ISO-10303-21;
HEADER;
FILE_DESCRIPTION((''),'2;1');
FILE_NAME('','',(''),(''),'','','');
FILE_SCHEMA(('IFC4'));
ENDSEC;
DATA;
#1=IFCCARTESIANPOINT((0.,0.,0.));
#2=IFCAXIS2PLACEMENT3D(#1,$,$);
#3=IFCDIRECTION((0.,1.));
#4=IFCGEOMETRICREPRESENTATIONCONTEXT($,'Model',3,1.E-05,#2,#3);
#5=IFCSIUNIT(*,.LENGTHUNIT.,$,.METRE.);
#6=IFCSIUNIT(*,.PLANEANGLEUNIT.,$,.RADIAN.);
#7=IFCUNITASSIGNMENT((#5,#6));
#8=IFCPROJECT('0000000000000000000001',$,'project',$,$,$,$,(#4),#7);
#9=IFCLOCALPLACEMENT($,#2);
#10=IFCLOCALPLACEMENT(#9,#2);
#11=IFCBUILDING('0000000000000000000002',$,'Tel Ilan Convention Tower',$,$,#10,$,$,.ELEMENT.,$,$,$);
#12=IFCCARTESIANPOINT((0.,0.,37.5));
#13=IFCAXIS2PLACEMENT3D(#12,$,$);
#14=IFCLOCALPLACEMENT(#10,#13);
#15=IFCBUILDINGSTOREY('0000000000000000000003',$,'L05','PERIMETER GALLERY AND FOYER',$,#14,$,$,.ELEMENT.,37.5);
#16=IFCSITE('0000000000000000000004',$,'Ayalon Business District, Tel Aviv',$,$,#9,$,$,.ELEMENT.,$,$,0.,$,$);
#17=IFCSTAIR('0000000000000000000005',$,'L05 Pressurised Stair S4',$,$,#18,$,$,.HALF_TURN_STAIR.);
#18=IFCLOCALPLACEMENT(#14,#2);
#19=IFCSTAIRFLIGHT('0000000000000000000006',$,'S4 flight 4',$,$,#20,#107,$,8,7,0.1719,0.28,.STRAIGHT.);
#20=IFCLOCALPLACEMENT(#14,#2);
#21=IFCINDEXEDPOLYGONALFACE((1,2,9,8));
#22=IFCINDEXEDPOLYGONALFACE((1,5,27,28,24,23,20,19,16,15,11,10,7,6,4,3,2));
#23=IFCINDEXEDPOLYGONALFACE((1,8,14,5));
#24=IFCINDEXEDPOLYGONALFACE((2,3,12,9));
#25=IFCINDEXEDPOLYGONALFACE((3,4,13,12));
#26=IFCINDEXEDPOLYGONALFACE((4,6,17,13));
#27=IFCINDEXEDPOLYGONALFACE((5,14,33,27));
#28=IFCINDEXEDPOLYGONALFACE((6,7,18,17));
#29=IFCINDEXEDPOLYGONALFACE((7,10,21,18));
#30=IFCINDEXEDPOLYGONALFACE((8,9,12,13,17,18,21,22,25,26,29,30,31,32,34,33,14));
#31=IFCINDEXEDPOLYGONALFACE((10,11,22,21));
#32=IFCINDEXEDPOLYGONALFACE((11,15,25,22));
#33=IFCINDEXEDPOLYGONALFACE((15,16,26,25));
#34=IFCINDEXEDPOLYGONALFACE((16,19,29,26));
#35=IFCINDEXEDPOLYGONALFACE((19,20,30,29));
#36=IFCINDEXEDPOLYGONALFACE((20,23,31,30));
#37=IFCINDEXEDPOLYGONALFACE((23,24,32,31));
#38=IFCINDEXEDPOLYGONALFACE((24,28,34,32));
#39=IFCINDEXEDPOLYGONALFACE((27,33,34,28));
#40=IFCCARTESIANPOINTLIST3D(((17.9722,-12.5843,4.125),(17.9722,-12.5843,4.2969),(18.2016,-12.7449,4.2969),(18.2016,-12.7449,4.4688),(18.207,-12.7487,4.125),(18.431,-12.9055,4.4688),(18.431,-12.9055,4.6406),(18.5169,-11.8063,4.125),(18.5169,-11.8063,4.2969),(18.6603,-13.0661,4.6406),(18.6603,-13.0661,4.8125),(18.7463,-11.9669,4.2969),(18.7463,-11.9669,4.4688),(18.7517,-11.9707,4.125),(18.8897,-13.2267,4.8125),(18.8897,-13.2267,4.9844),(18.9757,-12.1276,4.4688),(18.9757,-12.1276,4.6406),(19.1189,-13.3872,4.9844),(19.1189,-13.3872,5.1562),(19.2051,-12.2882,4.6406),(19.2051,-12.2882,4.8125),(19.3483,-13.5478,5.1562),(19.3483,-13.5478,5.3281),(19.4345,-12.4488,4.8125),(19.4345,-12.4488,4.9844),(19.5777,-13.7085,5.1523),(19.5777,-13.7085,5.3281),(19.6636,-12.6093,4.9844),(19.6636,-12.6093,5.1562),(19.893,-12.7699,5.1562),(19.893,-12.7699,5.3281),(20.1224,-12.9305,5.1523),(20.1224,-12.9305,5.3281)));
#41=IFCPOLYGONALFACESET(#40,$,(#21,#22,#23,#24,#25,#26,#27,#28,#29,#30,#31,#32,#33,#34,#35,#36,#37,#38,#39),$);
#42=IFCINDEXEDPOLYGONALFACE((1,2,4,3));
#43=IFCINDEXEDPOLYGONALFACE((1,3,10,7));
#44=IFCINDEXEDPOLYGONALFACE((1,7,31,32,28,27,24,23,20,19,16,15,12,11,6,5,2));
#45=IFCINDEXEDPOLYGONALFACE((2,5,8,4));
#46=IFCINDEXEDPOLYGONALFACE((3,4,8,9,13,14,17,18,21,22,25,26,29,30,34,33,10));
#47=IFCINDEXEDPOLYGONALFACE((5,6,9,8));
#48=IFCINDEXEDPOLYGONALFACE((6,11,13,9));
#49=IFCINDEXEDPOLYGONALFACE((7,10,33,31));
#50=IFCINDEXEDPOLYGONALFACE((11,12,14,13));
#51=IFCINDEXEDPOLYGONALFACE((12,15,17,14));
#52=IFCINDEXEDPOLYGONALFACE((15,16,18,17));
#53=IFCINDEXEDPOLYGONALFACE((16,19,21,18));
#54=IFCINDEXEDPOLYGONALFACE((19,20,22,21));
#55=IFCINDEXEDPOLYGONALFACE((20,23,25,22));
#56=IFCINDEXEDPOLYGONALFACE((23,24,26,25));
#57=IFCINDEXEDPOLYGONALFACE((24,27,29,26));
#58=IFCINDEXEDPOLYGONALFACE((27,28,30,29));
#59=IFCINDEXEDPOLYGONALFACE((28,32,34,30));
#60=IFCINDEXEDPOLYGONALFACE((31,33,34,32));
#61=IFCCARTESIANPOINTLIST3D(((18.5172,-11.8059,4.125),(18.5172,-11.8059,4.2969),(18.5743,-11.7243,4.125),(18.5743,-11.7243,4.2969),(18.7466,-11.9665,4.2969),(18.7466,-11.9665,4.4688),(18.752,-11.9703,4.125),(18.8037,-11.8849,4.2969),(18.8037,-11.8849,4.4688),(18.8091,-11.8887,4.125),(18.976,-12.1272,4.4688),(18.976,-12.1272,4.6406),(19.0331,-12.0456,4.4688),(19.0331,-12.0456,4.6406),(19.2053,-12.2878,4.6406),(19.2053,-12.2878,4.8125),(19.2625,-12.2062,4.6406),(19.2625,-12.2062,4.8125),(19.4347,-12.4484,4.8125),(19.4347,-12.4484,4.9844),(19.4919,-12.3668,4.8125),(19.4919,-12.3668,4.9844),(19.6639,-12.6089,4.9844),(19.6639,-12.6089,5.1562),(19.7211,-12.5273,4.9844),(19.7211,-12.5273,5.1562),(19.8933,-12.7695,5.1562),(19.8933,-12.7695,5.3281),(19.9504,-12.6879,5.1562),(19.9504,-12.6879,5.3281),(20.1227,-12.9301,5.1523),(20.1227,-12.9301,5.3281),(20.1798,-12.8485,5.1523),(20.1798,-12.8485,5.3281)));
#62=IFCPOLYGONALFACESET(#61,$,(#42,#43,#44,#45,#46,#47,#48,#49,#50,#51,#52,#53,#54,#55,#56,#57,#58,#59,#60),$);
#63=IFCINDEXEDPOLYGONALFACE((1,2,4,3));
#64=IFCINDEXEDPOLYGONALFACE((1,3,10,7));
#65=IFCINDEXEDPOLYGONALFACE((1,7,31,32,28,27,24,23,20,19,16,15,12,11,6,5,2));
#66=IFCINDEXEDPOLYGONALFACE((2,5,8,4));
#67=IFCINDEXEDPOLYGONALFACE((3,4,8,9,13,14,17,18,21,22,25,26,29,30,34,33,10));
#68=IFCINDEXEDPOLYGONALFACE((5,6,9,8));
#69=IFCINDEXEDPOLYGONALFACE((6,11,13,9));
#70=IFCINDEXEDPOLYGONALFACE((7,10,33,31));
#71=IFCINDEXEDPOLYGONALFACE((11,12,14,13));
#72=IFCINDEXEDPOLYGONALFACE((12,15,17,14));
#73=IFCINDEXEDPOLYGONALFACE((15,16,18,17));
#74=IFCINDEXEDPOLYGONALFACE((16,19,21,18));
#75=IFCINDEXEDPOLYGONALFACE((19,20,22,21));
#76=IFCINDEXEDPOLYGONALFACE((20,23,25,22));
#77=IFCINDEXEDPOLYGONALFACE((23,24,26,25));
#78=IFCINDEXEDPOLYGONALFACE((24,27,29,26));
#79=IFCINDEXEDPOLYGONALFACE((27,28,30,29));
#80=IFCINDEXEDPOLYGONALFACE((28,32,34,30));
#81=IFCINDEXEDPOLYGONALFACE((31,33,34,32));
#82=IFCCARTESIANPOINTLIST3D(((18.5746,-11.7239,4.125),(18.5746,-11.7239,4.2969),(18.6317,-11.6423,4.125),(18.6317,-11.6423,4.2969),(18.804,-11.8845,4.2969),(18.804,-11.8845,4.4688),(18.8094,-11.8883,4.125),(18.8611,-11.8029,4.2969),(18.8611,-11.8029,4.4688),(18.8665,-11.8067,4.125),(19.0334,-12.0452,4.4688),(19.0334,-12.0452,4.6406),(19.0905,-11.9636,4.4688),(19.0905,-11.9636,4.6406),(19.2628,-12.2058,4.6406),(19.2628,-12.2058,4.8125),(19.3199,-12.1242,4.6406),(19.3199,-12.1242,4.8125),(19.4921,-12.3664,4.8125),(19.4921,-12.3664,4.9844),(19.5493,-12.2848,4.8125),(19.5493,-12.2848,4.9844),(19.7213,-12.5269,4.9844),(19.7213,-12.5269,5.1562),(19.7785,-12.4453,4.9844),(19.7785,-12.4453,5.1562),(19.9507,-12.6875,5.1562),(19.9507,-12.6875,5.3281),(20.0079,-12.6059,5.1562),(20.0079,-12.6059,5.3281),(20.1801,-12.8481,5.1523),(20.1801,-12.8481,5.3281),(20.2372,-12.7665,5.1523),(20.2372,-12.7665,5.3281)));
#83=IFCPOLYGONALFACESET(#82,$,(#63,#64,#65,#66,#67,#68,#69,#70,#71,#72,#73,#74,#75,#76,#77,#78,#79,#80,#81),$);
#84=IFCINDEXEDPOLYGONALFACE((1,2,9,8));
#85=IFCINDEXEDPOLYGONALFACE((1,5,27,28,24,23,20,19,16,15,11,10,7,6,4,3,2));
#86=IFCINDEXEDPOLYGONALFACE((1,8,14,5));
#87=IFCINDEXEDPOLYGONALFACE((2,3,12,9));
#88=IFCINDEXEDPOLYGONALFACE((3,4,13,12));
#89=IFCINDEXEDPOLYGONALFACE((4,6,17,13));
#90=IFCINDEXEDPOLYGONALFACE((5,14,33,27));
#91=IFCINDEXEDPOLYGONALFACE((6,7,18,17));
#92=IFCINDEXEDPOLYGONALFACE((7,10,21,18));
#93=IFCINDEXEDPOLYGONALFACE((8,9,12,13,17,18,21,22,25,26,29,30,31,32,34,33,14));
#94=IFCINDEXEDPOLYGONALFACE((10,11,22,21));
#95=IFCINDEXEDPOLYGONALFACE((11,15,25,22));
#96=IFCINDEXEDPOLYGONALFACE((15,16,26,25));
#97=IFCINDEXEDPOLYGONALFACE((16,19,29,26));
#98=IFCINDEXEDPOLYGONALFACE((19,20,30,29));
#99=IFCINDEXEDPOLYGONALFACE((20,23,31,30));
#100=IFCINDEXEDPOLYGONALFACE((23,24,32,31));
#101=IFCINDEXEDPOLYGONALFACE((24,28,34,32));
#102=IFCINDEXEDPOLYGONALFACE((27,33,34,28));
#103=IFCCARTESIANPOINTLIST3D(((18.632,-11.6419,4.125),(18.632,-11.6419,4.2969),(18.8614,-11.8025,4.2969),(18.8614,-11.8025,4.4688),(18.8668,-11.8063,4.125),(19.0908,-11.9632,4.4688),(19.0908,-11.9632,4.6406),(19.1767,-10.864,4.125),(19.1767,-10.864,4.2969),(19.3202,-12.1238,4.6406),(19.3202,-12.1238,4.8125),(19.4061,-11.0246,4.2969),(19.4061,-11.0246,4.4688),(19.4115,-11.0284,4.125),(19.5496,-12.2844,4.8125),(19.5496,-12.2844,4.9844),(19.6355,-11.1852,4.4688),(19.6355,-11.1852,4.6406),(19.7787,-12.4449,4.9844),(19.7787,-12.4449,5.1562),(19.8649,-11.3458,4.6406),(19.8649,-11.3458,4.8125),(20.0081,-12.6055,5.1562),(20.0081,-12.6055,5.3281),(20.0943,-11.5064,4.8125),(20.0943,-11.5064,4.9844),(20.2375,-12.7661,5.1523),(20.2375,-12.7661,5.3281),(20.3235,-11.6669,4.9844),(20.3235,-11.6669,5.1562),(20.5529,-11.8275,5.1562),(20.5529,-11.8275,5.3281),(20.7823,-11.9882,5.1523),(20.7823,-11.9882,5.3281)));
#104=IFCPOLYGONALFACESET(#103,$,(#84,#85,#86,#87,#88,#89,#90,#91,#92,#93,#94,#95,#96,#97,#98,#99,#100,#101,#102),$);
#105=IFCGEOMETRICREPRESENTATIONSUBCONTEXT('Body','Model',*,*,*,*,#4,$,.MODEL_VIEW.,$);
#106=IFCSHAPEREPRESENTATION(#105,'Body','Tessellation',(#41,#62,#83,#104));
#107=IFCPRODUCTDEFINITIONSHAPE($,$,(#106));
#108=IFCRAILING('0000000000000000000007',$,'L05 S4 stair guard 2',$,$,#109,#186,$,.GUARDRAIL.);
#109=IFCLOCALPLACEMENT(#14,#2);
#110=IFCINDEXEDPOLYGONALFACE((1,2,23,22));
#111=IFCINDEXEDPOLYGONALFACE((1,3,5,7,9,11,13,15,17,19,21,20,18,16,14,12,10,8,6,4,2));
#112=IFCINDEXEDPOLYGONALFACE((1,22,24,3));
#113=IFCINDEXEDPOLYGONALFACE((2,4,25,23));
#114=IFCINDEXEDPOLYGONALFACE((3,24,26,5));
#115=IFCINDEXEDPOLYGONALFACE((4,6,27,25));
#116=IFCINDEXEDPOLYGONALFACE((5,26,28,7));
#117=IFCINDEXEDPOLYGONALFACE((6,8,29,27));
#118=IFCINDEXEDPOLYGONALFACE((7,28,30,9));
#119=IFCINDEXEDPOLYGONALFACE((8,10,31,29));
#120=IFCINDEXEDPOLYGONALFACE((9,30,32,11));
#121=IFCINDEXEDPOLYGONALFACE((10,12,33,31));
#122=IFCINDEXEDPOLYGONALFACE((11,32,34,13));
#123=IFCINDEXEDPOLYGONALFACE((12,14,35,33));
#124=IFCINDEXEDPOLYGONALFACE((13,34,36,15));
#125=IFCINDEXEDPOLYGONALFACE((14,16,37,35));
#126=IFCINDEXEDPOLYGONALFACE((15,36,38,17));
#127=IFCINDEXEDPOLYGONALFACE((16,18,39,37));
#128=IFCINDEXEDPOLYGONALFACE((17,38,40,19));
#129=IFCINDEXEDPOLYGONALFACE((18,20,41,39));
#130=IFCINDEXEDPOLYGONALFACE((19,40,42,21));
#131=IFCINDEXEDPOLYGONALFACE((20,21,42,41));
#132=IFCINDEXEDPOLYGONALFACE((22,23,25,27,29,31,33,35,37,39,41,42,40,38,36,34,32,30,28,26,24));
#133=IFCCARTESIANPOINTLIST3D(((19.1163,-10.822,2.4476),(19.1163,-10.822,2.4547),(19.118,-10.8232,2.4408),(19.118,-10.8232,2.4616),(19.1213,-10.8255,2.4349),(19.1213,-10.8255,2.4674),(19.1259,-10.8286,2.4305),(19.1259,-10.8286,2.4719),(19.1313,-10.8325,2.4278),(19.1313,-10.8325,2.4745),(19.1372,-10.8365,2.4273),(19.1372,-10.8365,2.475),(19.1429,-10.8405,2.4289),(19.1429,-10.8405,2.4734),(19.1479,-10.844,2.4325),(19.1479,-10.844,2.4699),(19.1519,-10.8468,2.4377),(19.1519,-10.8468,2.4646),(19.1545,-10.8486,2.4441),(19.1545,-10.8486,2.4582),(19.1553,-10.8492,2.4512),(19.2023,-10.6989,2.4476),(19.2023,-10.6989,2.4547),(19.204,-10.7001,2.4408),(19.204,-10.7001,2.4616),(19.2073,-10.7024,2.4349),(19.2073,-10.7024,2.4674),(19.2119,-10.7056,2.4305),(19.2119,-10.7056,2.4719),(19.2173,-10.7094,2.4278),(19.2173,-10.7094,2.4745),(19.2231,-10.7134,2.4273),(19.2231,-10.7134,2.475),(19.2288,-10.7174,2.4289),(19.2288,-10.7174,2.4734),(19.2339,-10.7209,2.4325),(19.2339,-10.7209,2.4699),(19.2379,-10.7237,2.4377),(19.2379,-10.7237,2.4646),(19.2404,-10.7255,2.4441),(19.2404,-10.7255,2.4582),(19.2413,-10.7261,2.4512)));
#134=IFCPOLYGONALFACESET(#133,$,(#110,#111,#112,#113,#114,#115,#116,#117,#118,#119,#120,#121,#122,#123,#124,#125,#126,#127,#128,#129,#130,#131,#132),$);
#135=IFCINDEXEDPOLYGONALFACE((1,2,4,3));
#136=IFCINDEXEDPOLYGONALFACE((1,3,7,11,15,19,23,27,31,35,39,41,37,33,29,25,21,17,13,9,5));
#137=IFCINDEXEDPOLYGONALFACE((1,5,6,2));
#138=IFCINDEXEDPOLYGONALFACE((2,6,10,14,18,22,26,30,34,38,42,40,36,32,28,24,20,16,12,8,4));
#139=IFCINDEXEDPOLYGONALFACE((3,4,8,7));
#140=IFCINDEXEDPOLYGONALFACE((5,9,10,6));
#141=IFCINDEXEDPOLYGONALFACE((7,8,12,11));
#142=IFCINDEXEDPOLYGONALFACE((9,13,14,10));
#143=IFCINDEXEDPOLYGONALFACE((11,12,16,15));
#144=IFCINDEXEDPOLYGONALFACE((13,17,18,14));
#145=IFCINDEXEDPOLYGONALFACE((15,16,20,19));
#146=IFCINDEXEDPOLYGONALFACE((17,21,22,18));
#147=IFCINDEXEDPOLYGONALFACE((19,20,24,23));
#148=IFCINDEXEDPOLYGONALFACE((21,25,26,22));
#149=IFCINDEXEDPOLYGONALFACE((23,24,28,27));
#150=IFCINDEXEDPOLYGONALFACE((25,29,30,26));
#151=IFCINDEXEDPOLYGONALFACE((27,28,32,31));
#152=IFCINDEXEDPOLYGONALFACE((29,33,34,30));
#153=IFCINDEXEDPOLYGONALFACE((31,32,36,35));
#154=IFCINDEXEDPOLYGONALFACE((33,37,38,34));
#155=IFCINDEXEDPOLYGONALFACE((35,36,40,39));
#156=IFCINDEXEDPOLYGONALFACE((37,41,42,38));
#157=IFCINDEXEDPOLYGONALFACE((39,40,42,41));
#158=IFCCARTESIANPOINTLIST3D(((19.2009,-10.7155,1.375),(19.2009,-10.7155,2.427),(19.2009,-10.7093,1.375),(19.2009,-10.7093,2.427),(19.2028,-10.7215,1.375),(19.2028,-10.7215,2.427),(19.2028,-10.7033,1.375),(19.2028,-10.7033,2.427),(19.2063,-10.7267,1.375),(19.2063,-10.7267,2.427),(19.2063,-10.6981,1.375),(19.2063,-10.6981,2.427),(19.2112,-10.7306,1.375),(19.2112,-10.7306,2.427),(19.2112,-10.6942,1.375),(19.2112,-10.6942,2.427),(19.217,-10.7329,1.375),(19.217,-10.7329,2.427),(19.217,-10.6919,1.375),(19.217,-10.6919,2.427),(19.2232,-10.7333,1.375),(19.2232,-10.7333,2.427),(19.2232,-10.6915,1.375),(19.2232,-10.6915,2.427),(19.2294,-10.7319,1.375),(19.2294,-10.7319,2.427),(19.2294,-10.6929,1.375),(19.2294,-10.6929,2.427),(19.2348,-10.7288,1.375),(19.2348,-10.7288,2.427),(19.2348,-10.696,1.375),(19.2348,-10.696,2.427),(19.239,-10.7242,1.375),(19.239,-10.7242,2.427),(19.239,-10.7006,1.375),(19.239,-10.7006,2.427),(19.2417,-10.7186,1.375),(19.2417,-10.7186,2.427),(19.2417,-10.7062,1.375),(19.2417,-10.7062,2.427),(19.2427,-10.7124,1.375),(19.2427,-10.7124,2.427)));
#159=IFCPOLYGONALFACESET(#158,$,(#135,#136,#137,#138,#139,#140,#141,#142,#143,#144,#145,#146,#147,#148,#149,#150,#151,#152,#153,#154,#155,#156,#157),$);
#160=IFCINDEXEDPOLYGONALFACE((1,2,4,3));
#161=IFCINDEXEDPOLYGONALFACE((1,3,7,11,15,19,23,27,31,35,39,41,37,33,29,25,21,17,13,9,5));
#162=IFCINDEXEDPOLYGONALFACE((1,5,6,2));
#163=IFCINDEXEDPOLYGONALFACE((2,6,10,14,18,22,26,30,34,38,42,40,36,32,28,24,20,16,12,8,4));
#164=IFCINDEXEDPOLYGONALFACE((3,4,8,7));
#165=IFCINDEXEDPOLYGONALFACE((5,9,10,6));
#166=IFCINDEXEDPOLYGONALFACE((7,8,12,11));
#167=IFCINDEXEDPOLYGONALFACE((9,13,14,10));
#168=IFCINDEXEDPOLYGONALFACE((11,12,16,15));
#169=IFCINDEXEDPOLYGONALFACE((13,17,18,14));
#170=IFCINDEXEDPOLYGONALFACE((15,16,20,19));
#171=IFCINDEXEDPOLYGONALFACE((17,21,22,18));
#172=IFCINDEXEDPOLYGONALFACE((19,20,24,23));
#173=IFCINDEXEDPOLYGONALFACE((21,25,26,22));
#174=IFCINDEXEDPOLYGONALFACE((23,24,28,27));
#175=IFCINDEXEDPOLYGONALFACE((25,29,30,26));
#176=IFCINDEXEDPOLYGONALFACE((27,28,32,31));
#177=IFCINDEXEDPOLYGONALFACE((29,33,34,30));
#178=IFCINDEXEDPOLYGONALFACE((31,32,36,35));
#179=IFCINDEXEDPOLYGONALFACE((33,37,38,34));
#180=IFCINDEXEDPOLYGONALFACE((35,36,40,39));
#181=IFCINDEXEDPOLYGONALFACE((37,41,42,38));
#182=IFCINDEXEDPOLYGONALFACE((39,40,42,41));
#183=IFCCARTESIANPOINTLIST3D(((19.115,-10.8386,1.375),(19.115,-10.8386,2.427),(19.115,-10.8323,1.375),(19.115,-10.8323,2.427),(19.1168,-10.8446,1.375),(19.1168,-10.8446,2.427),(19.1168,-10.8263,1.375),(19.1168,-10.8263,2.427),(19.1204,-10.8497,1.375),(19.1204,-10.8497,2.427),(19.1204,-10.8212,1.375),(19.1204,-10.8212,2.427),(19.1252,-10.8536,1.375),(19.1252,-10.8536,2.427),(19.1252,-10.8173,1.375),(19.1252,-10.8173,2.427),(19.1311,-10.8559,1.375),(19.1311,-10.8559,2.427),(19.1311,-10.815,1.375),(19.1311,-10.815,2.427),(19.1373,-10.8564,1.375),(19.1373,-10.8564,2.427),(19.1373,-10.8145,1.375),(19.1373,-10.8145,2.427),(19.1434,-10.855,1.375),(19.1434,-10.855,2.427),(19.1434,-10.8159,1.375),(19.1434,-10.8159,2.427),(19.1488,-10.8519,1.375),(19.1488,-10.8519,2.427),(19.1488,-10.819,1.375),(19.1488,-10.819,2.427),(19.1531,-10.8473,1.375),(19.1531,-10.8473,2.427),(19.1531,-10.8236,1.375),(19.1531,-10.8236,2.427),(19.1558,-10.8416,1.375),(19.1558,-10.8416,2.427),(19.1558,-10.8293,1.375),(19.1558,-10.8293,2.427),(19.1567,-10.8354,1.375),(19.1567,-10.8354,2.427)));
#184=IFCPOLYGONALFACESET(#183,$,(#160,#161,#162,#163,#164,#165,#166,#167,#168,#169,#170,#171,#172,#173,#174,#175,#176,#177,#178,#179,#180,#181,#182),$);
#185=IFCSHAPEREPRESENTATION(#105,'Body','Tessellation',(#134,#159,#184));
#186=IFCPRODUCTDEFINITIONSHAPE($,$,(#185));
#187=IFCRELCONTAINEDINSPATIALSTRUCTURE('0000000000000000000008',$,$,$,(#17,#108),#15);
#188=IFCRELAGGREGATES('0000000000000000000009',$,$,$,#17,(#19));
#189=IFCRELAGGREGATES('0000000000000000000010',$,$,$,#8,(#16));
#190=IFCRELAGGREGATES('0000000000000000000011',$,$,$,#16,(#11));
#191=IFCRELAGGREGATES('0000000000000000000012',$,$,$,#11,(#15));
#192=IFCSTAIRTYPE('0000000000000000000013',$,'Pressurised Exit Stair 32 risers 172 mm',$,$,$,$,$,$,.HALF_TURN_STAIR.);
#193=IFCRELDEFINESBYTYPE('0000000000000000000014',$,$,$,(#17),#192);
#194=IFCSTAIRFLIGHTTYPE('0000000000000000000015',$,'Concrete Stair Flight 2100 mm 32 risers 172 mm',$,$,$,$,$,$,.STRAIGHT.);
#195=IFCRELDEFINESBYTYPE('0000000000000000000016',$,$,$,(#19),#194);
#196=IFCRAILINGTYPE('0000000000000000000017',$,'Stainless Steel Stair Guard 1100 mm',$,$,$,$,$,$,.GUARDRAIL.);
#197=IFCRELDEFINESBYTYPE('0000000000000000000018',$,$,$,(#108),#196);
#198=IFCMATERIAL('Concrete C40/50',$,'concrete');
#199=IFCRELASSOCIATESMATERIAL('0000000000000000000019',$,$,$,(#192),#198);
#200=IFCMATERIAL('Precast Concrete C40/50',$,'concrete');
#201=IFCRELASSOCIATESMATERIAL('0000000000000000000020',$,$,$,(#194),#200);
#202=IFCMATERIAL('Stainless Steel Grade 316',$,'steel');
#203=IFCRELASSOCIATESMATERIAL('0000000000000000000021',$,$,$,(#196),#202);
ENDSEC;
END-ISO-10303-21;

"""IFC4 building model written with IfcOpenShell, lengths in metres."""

from ifc_helpers import new_model, si_unit, direction, frame, origin, origin_2d, place, context, subcontext, project, spatial, polyline, circle, outline, extrude, material, type_object, element, aggregate, save


model = new_model("IFC4")

# Units and contexts
model_context = context("Model", 3, precision=1e-05, world=origin(), true_north=direction((0.0, 1.0)))
body_context = subcontext(model_context, "Body", "Model", "MODEL_VIEW")
ifc_project = project(units=[si_unit("LENGTHUNIT", "METRE"), si_unit("PLANEANGLEUNIT", "RADIAN")], contexts=[model_context])

# Site, building, storey
site_placement = place(None, origin())
site = spatial("IfcSite", under=ifc_project, at=site_placement, Name="Ayalon Business District, Tel Aviv", CompositionType="ELEMENT", RefElevation=0.0)
building_placement = place(site_placement, origin())
building = spatial("IfcBuilding", under=site, at=building_placement, Name="Tel Ilan Convention Tower", CompositionType="ELEMENT")
storey_placement = place(building_placement, frame((0.0, 0.0, 37.5)))
storey = spatial("IfcBuildingStorey", under=building, at=storey_placement, Name="L05", Description="PERIMETER GALLERY AND FOYER", CompositionType="ELEMENT", Elevation=37.5)

# Stair, stair flight
ifc_material_1 = material(Name="Concrete C40/50", Category="concrete")
stair_type = type_object("IfcStairType", Name="Pressurised Exit Stair 32 risers 172 mm", PredefinedType="HALF_TURN_STAIR", material=ifc_material_1)
stair_placement = place(storey_placement, origin())
stair = element("IfcStair", 1, at=stair_placement, inside=storey, type_object=stair_type, Name="L05 Pressurised Stair S4", PredefinedType="HALF_TURN_STAIR")
ifc_material_2 = material(Name="Precast Concrete C40/50", Category="concrete")
stair_flight_type = type_object("IfcStairFlightType", Name="Concrete Stair Flight 2100 mm 32 risers 172 mm", PredefinedType="STRAIGHT", material=ifc_material_2)
stair_flight_1_placement = place(storey_placement, frame((18.5745, -11.7241, 4.125), z_axis=(0.0, 0.0, 1.0), x_axis=(0.819152, -0.573576, 0.0)))
stair_flight_1 = element("IfcStairFlight", 2, at=stair_flight_1_placement, type_object=stair_flight_type, Name="S4 flight 4", NumberOfRisers=8, NumberOfTreads=7, PredefinedType="STRAIGHT", RiserHeight=0.1719, TreadLength=0.28, context=body_context, shape_type="SweptSolid", body=[
    extrude(outline(polyline([(0.0, 0.0), (0.0, 0.1719), (0.28, 0.1719), (0.28, 0.3438), (0.5601, 0.3438), (0.5601, 0.5156), (0.8401, 0.5156), (0.8401, 0.6875), (1.1201, 0.6875), (1.1201, 0.8594), (1.3999, 0.8594), (1.3999, 1.0312), (1.6799, 1.0312), (1.6799, 1.2031), (1.96, 1.2031), (1.96, 1.375), (1.96, 1.0273), (0.2866, 0.0), (0.0, 0.0)])), frame((0.0, -0.1003, 0.0), z_axis=(0.0, -1.0, 0.0), x_axis=(1.0, 0.0, 0.0)), (0.0, 0.0, 1.0), 0.9497),
    extrude(outline(polyline([(0.0, 0.0), (0.0, 0.1719), (0.28, 0.1719), (0.28, 0.3438), (0.5601, 0.3438), (0.5601, 0.5156), (0.8401, 0.5156), (0.8401, 0.6875), (1.1201, 0.6875), (1.1201, 0.8594), (1.3999, 0.8594), (1.3999, 1.0312), (1.6799, 1.0312), (1.6799, 1.2031), (1.96, 1.2031), (1.96, 1.375), (1.96, 1.0273), (0.2866, 0.0), (0.0, 0.0)])), frame((0.0, -0.0002, 0.0), z_axis=(0.0, -1.0, 0.0), x_axis=(1.0, 0.0, 0.0)), (0.0, 0.0, 1.0), 0.0996),
    extrude(outline(polyline([(0.0, 0.0), (0.0, 0.1719), (0.28, 0.1719), (0.28, 0.3438), (0.5601, 0.3438), (0.5601, 0.5156), (0.8401, 0.5156), (0.8401, 0.6875), (1.1201, 0.6875), (1.1201, 0.8594), (1.3999, 0.8594), (1.3999, 1.0312), (1.6799, 1.0312), (1.6799, 1.2031), (1.96, 1.2031), (1.96, 1.375), (1.96, 1.0273), (0.2866, 0.0), (0.0, 0.0)])), frame((0.0, 0.0999, 0.0), z_axis=(0.0, -1.0, 0.0), x_axis=(1.0, 0.0, 0.0)), (0.0, 0.0, 1.0), 0.0996),
    extrude(outline(polyline([(0.0, 0.0), (0.0, 0.1719), (0.28, 0.1719), (0.28, 0.3438), (0.5601, 0.3438), (0.5601, 0.5156), (0.8401, 0.5156), (0.8401, 0.6875), (1.1201, 0.6875), (1.1201, 0.8594), (1.3999, 0.8594), (1.3999, 1.0312), (1.6799, 1.0312), (1.6799, 1.2031), (1.96, 1.2031), (1.96, 1.375), (1.96, 1.0273), (0.2866, 0.0), (0.0, 0.0)])), frame((0.0, 1.05, 0.0), z_axis=(0.0, -1.0, 0.0), x_axis=(1.0, 0.0, 0.0)), (0.0, 0.0, 1.0), 0.9497),
])
aggregate(stair, [stair_flight_1])

# Railing
ifc_material_3 = material(Name="Stainless Steel Grade 316", Category="steel")
railing_type_1 = type_object("IfcRailingType", Name="Stainless Steel Stair Guard 1100 mm", PredefinedType="GUARDRAIL", material=ifc_material_3)
railing_placement = place(storey_placement, frame((19.2217, -10.7124, 1.375)))
element("IfcRailing", 3, at=railing_placement, inside=storey, type_object=railing_type_1, Name="L05 S4 stair guard 2", PredefinedType="GUARDRAIL", context=body_context, shape_type="SweptSolid", body=[
    extrude(circle(Radius=0.0239, at=origin_2d()), frame((0.0, 0.0, 1.0762), z_axis=(-0.572589, -0.819843, 0.0), x_axis=(0.819843, -0.572589, 0.0)), (0.0, 0.0, 1.0), 0.1501),
    extrude(circle(Radius=0.021, at=origin_2d()), origin(), (0.0, 0.0, 1.0), 1.052),
    extrude(circle(Radius=0.021, at=origin_2d()), frame((-0.0859, -0.123, 0.0)), (0.0, 0.0, 1.0), 1.052),
])

save(model, "model.ifc")
